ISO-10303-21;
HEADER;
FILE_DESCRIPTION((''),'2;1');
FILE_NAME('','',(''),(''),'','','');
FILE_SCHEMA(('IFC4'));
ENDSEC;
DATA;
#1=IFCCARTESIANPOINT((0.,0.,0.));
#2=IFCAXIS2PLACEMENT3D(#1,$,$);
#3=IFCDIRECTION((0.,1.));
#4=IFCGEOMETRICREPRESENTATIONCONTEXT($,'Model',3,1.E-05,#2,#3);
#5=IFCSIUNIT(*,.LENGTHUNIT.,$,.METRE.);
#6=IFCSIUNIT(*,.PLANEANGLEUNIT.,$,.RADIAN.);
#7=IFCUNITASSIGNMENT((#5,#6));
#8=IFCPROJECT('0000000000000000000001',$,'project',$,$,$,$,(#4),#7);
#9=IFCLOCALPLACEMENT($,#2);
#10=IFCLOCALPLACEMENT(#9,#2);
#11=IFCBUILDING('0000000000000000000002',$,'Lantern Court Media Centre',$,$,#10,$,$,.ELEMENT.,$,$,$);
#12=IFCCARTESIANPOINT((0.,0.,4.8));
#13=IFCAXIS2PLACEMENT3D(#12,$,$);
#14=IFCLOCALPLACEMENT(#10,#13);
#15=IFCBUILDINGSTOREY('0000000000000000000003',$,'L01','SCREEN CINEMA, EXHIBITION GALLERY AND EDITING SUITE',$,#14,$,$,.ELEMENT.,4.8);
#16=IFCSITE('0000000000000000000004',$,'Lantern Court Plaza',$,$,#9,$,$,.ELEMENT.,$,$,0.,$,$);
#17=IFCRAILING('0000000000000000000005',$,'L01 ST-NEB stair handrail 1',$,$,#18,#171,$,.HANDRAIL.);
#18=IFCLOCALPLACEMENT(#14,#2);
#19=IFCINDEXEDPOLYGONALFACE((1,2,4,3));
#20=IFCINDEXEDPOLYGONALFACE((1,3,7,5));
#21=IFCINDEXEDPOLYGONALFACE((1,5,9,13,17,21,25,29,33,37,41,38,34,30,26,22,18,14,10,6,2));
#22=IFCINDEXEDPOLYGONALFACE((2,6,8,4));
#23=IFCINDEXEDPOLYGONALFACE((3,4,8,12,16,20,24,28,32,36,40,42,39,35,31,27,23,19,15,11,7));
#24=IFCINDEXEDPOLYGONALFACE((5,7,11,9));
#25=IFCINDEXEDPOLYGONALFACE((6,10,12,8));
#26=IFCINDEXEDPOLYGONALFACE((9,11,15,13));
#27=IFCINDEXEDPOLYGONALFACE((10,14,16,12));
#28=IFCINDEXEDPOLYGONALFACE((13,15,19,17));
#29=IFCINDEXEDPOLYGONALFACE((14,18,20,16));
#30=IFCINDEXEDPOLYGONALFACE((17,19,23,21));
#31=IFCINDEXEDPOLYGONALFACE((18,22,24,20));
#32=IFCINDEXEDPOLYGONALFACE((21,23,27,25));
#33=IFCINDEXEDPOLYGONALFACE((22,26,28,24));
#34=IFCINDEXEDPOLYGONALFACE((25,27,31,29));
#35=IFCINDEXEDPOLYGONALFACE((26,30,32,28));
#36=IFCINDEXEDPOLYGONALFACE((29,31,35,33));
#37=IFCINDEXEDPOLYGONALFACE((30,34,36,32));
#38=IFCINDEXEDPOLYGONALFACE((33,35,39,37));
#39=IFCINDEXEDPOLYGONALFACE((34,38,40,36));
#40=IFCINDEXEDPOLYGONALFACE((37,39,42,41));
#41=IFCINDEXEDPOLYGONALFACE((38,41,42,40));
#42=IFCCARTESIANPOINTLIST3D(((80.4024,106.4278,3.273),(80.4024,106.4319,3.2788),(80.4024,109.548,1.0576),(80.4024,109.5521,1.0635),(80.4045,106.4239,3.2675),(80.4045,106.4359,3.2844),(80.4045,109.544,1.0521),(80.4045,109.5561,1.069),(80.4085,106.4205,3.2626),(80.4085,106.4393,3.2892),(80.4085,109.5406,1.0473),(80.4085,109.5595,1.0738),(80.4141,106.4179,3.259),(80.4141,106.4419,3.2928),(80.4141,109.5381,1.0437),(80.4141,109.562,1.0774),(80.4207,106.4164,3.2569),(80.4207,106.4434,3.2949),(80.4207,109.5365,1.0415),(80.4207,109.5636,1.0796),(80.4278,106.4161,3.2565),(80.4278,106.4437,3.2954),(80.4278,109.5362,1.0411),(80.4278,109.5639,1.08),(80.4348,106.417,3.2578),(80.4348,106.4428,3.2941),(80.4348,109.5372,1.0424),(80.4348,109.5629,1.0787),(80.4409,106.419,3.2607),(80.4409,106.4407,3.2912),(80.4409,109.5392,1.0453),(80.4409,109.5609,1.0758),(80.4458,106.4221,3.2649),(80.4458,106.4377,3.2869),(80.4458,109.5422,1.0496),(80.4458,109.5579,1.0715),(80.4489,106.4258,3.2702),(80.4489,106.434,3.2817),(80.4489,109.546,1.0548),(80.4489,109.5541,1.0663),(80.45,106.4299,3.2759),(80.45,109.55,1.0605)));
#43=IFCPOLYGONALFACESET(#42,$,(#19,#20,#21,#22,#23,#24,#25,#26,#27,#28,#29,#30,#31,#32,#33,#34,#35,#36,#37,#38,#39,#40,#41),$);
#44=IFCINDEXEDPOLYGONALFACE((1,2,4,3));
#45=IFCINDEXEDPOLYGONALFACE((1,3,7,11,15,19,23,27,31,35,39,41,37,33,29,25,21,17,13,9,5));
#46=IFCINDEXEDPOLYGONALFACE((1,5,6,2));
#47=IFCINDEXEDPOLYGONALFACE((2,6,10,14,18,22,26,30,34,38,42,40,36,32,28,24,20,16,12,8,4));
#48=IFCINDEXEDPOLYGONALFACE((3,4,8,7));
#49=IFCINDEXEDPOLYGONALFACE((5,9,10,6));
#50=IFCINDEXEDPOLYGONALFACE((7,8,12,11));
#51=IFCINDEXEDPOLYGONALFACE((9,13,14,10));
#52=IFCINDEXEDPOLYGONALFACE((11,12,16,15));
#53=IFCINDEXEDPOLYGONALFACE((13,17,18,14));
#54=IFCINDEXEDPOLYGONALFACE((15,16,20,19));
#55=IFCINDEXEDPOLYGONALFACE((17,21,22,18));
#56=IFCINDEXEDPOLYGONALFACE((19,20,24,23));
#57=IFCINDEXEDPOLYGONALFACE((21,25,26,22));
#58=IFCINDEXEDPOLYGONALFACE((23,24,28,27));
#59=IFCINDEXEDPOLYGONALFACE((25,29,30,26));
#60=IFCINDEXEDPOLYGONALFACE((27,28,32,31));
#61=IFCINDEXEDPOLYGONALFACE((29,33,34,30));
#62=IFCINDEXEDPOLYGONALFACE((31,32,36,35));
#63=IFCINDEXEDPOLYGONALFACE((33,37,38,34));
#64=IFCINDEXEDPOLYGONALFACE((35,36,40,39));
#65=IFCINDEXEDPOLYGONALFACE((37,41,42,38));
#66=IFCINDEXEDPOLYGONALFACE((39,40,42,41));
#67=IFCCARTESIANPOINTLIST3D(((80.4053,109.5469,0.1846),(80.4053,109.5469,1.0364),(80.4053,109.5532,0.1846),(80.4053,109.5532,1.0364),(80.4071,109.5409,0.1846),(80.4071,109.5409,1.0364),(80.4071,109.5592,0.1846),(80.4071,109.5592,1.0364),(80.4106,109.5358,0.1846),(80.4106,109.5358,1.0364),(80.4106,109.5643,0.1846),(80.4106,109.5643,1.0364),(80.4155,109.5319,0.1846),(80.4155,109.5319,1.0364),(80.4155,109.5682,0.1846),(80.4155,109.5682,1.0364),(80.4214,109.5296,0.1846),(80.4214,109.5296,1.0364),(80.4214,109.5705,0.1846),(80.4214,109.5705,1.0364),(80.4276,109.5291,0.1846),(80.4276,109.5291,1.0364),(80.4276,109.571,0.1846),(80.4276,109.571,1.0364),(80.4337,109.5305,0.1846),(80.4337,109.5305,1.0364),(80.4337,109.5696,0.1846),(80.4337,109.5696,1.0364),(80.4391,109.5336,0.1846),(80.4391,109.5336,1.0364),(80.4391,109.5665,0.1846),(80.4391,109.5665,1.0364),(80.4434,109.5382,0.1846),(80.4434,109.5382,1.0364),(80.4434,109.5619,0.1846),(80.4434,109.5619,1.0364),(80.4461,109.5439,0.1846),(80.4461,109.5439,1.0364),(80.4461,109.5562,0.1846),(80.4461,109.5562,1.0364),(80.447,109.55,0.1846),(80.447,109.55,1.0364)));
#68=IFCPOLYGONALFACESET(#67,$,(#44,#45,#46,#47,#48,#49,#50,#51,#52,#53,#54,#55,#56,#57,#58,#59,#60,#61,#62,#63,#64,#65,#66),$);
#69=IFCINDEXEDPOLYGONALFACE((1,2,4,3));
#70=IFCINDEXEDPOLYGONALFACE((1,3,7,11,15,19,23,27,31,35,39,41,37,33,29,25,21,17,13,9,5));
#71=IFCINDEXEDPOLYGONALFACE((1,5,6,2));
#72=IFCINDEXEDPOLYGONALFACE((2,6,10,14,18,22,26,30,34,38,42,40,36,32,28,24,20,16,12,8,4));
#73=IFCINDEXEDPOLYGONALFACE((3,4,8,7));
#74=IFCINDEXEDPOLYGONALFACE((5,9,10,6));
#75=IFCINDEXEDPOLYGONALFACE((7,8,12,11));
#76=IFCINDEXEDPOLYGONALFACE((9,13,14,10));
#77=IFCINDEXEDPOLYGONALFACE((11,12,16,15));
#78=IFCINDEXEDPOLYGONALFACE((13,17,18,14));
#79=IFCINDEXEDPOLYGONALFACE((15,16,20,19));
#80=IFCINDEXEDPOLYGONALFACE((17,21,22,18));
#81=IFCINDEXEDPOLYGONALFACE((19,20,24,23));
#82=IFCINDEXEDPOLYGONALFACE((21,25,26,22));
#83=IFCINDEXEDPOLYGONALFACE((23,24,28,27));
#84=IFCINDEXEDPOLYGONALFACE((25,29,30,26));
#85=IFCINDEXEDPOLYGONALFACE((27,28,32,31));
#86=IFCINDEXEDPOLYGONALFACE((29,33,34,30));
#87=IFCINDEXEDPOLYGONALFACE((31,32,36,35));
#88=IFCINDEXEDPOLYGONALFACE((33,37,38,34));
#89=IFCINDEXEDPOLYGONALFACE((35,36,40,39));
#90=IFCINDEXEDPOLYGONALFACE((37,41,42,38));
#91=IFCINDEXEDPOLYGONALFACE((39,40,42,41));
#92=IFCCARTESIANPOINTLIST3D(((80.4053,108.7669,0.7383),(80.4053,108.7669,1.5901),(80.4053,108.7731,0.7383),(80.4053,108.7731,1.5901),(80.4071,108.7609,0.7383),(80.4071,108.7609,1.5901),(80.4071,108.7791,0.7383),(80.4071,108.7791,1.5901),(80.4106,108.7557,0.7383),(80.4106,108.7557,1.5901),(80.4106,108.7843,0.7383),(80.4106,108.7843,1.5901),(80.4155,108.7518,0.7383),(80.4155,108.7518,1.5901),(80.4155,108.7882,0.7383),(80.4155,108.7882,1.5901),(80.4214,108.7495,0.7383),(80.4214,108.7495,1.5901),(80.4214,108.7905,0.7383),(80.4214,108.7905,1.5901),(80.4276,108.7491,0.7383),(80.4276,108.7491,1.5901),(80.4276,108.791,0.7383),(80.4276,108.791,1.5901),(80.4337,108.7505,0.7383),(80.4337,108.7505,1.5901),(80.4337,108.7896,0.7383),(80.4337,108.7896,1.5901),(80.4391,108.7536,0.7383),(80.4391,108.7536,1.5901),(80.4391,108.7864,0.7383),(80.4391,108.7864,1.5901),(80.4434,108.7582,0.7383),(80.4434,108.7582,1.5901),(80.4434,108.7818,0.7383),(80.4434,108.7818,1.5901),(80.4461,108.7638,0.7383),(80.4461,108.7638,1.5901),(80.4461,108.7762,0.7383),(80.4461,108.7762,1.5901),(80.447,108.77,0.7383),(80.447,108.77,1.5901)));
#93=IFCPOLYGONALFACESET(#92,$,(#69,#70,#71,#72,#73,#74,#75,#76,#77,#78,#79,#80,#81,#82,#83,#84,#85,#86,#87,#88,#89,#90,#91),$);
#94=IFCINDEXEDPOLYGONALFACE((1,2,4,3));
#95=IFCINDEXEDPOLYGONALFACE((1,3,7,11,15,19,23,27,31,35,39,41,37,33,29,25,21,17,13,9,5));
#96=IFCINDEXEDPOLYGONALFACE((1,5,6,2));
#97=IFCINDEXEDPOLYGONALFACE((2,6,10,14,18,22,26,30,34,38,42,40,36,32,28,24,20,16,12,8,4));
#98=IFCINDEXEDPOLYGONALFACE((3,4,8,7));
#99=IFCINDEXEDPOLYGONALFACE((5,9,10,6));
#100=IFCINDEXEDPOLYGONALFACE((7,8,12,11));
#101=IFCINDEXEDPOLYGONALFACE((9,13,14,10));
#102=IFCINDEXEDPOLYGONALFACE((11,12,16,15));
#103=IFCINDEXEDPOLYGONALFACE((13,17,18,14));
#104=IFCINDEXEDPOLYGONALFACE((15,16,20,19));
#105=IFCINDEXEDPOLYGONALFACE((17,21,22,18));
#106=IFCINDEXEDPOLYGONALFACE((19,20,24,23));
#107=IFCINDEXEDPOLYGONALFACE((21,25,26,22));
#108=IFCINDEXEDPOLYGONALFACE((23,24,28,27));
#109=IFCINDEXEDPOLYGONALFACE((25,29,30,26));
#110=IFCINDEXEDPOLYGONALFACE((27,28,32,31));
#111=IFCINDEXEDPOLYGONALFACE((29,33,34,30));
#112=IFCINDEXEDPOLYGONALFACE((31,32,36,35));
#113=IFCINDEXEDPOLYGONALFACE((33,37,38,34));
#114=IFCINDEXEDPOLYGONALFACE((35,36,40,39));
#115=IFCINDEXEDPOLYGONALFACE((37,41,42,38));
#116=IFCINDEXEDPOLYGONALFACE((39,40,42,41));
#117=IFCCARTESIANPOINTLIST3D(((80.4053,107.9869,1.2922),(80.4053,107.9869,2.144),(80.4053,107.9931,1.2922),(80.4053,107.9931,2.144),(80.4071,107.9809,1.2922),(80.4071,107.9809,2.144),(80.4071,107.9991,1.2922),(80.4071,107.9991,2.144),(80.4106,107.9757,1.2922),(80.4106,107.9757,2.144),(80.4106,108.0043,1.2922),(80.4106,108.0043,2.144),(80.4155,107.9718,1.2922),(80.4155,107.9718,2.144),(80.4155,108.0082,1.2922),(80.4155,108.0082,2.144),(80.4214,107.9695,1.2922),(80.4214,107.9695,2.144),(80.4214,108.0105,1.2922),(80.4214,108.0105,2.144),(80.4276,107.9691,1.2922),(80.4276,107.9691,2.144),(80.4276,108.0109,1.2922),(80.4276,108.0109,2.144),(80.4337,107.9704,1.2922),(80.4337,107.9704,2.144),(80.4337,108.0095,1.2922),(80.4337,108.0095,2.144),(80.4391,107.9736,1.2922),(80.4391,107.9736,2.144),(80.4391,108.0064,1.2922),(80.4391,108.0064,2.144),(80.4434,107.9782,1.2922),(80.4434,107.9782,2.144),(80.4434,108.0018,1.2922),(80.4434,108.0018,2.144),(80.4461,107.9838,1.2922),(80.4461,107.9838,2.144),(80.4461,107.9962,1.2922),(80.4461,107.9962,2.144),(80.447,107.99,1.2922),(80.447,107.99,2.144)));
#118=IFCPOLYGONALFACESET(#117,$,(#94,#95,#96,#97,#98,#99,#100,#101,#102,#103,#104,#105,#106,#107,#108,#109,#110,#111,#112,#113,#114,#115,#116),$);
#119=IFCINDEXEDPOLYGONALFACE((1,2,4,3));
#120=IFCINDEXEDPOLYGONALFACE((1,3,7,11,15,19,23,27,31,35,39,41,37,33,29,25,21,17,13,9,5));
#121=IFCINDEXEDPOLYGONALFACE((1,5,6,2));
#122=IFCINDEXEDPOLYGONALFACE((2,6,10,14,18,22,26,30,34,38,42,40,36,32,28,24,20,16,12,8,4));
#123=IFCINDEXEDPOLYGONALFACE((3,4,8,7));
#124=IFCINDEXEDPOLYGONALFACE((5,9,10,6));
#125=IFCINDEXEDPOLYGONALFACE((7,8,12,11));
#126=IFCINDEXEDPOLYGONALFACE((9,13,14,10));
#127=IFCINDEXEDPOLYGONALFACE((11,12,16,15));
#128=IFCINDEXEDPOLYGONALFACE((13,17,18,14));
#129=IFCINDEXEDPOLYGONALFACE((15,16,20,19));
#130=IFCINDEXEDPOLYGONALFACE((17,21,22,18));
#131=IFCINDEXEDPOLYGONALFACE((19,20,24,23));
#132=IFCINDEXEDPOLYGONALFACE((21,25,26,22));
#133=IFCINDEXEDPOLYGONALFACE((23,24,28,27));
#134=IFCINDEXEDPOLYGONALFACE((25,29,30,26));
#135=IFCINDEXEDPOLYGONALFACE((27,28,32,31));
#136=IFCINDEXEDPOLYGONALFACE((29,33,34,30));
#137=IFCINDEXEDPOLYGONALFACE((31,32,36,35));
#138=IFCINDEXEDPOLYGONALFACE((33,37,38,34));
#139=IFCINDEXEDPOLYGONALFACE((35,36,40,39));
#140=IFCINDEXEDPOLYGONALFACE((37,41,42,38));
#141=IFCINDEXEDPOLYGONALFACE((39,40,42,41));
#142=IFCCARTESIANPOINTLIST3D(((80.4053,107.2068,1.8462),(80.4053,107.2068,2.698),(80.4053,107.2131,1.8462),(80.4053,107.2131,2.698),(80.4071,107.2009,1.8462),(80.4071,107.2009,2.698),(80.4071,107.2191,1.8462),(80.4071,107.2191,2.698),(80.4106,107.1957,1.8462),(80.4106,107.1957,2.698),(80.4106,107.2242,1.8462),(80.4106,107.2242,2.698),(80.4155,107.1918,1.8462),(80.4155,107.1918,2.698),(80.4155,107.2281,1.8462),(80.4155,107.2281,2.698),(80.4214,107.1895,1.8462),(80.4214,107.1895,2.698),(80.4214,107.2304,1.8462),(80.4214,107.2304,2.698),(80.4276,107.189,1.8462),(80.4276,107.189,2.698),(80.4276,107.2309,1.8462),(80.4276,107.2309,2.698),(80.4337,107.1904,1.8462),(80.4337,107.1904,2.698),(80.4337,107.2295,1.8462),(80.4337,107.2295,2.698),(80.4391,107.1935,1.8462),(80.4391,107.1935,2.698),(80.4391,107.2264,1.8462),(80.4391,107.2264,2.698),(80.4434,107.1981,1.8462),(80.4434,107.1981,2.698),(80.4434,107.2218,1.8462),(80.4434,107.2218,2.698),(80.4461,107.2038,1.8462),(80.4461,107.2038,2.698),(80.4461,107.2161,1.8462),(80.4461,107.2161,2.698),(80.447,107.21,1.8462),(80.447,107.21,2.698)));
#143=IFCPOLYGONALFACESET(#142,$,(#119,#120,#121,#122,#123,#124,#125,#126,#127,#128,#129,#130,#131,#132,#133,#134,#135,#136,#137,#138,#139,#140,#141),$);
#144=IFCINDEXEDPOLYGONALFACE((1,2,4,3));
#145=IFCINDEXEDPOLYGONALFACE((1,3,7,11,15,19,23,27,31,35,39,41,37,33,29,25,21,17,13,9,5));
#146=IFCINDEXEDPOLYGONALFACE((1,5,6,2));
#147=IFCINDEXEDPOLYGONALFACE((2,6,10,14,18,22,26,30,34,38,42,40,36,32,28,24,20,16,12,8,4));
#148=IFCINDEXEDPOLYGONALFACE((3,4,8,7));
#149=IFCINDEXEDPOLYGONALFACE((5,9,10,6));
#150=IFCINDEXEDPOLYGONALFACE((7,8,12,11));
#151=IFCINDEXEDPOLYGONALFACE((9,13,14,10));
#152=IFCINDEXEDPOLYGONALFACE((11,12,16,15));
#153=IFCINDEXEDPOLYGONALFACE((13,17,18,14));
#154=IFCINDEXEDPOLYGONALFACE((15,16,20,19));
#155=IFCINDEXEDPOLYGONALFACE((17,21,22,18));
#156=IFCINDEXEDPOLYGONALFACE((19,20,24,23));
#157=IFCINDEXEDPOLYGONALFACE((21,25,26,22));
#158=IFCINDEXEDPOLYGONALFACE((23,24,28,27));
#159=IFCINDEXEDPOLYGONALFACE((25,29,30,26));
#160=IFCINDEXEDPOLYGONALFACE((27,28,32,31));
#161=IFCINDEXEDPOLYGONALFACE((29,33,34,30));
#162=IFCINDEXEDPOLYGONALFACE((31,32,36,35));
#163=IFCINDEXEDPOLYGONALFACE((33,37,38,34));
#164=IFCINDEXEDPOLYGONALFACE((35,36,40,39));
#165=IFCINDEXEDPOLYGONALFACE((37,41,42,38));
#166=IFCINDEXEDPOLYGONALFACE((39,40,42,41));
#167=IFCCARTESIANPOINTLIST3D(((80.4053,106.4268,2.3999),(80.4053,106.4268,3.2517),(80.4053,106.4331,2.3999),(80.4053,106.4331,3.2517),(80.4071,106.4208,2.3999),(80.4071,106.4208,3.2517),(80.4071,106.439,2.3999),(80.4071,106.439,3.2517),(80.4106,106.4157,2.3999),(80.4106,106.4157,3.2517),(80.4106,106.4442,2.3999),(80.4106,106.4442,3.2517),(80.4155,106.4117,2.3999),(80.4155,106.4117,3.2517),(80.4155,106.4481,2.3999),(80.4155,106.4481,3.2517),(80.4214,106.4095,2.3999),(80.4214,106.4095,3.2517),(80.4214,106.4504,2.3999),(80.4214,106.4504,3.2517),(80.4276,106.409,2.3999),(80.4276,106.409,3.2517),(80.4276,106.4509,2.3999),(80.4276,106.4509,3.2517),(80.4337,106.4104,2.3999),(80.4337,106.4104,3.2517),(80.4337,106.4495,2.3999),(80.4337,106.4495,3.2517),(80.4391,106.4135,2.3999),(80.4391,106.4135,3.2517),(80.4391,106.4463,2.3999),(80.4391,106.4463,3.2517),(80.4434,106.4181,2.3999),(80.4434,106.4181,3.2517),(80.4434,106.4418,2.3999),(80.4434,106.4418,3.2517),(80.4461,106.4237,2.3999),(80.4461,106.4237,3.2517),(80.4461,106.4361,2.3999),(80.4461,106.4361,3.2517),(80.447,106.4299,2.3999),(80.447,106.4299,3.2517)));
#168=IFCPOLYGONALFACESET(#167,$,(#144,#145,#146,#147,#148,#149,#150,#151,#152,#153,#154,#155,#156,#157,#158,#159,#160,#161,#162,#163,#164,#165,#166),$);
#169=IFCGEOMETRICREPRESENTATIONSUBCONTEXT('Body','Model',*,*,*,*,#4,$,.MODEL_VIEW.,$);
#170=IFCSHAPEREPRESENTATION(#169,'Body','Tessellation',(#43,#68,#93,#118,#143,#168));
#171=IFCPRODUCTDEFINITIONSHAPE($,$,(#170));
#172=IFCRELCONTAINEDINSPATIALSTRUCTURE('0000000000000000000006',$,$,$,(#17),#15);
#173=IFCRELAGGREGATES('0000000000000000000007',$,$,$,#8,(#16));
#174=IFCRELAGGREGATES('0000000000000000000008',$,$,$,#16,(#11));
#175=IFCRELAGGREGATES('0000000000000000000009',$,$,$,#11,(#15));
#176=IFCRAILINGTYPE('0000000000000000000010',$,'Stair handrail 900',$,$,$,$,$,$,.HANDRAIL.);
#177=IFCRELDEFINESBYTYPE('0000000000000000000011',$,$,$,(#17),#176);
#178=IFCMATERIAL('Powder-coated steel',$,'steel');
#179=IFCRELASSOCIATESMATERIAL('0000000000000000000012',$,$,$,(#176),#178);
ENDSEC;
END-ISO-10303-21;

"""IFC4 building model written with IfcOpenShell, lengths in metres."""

from ifc_helpers import new_model, si_unit, direction, frame, origin, origin_2d, place, context, subcontext, project, spatial, circle, extrude, material, type_object, element, save


model = new_model("IFC4")

# Units and contexts
model_context = context("Model", 3, precision=1e-05, world=origin(), true_north=direction((0.0, 1.0)))
body_context = subcontext(model_context, "Body", "Model", "MODEL_VIEW")
ifc_project = project(units=[si_unit("LENGTHUNIT", "METRE"), si_unit("PLANEANGLEUNIT", "RADIAN")], contexts=[model_context])

# Site, building, storey
site_placement = place(None, origin())
site = spatial("IfcSite", under=ifc_project, at=site_placement, Name="Lantern Court Plaza", CompositionType="ELEMENT", RefElevation=0.0)
building_placement = place(site_placement, origin())
building = spatial("IfcBuilding", under=site, at=building_placement, Name="Lantern Court Media Centre", CompositionType="ELEMENT")
storey_placement = place(building_placement, frame((0.0, 0.0, 4.8)))
storey = spatial("IfcBuildingStorey", under=building, at=storey_placement, Name="L01", Description="SCREEN CINEMA, EXHIBITION GALLERY AND EDITING SUITE", CompositionType="ELEMENT", Elevation=4.8)

# Shared definitions
ifc_material_1 = material(Name="Powder-coated steel", Category="steel")

# Railing
railing_type_1 = type_object("IfcRailingType", Name="Stair handrail 900", PredefinedType="HANDRAIL", material=ifc_material_1)
for number, where, name in (
    (1, (80.426, 109.55, 0.1846), "L01 ST-NEB stair handrail 1"),
):
    element("IfcRailing", number, at=place(storey_placement, frame(where)), inside=storey, type_object=railing_type_1, Name=name, PredefinedType="HANDRAIL", context=body_context, shape_type="SweptSolid", body=[
        extrude(circle(Radius=0.0239, at=origin_2d()), frame((0.0, 0.0, 0.876), z_axis=(0.0, -0.815377, 0.57893), x_axis=(1.0, 0.0, 0.0)), (0.0, 0.0, 1.0), 3.8267),
        extrude(circle(Radius=0.021, at=origin_2d()), origin(), (0.0, 0.0, 1.0), 0.8518),
        extrude(circle(Radius=0.021, at=origin_2d()), frame((0.0, -0.78, 0.5537)), (0.0, 0.0, 1.0), 0.8518),
        extrude(circle(Radius=0.021, at=origin_2d()), frame((0.0, -1.5601, 1.1077)), (0.0, 0.0, 1.0), 0.8518),
        extrude(circle(Radius=0.021, at=origin_2d()), frame((0.0, -2.3401, 1.6616)), (0.0, 0.0, 1.0), 0.8518),
        extrude(circle(Radius=0.021, at=origin_2d()), frame((0.0, -3.1201, 2.2153)), (0.0, 0.0, 1.0), 0.8518),
    ])

save(model, "model.ifc")
